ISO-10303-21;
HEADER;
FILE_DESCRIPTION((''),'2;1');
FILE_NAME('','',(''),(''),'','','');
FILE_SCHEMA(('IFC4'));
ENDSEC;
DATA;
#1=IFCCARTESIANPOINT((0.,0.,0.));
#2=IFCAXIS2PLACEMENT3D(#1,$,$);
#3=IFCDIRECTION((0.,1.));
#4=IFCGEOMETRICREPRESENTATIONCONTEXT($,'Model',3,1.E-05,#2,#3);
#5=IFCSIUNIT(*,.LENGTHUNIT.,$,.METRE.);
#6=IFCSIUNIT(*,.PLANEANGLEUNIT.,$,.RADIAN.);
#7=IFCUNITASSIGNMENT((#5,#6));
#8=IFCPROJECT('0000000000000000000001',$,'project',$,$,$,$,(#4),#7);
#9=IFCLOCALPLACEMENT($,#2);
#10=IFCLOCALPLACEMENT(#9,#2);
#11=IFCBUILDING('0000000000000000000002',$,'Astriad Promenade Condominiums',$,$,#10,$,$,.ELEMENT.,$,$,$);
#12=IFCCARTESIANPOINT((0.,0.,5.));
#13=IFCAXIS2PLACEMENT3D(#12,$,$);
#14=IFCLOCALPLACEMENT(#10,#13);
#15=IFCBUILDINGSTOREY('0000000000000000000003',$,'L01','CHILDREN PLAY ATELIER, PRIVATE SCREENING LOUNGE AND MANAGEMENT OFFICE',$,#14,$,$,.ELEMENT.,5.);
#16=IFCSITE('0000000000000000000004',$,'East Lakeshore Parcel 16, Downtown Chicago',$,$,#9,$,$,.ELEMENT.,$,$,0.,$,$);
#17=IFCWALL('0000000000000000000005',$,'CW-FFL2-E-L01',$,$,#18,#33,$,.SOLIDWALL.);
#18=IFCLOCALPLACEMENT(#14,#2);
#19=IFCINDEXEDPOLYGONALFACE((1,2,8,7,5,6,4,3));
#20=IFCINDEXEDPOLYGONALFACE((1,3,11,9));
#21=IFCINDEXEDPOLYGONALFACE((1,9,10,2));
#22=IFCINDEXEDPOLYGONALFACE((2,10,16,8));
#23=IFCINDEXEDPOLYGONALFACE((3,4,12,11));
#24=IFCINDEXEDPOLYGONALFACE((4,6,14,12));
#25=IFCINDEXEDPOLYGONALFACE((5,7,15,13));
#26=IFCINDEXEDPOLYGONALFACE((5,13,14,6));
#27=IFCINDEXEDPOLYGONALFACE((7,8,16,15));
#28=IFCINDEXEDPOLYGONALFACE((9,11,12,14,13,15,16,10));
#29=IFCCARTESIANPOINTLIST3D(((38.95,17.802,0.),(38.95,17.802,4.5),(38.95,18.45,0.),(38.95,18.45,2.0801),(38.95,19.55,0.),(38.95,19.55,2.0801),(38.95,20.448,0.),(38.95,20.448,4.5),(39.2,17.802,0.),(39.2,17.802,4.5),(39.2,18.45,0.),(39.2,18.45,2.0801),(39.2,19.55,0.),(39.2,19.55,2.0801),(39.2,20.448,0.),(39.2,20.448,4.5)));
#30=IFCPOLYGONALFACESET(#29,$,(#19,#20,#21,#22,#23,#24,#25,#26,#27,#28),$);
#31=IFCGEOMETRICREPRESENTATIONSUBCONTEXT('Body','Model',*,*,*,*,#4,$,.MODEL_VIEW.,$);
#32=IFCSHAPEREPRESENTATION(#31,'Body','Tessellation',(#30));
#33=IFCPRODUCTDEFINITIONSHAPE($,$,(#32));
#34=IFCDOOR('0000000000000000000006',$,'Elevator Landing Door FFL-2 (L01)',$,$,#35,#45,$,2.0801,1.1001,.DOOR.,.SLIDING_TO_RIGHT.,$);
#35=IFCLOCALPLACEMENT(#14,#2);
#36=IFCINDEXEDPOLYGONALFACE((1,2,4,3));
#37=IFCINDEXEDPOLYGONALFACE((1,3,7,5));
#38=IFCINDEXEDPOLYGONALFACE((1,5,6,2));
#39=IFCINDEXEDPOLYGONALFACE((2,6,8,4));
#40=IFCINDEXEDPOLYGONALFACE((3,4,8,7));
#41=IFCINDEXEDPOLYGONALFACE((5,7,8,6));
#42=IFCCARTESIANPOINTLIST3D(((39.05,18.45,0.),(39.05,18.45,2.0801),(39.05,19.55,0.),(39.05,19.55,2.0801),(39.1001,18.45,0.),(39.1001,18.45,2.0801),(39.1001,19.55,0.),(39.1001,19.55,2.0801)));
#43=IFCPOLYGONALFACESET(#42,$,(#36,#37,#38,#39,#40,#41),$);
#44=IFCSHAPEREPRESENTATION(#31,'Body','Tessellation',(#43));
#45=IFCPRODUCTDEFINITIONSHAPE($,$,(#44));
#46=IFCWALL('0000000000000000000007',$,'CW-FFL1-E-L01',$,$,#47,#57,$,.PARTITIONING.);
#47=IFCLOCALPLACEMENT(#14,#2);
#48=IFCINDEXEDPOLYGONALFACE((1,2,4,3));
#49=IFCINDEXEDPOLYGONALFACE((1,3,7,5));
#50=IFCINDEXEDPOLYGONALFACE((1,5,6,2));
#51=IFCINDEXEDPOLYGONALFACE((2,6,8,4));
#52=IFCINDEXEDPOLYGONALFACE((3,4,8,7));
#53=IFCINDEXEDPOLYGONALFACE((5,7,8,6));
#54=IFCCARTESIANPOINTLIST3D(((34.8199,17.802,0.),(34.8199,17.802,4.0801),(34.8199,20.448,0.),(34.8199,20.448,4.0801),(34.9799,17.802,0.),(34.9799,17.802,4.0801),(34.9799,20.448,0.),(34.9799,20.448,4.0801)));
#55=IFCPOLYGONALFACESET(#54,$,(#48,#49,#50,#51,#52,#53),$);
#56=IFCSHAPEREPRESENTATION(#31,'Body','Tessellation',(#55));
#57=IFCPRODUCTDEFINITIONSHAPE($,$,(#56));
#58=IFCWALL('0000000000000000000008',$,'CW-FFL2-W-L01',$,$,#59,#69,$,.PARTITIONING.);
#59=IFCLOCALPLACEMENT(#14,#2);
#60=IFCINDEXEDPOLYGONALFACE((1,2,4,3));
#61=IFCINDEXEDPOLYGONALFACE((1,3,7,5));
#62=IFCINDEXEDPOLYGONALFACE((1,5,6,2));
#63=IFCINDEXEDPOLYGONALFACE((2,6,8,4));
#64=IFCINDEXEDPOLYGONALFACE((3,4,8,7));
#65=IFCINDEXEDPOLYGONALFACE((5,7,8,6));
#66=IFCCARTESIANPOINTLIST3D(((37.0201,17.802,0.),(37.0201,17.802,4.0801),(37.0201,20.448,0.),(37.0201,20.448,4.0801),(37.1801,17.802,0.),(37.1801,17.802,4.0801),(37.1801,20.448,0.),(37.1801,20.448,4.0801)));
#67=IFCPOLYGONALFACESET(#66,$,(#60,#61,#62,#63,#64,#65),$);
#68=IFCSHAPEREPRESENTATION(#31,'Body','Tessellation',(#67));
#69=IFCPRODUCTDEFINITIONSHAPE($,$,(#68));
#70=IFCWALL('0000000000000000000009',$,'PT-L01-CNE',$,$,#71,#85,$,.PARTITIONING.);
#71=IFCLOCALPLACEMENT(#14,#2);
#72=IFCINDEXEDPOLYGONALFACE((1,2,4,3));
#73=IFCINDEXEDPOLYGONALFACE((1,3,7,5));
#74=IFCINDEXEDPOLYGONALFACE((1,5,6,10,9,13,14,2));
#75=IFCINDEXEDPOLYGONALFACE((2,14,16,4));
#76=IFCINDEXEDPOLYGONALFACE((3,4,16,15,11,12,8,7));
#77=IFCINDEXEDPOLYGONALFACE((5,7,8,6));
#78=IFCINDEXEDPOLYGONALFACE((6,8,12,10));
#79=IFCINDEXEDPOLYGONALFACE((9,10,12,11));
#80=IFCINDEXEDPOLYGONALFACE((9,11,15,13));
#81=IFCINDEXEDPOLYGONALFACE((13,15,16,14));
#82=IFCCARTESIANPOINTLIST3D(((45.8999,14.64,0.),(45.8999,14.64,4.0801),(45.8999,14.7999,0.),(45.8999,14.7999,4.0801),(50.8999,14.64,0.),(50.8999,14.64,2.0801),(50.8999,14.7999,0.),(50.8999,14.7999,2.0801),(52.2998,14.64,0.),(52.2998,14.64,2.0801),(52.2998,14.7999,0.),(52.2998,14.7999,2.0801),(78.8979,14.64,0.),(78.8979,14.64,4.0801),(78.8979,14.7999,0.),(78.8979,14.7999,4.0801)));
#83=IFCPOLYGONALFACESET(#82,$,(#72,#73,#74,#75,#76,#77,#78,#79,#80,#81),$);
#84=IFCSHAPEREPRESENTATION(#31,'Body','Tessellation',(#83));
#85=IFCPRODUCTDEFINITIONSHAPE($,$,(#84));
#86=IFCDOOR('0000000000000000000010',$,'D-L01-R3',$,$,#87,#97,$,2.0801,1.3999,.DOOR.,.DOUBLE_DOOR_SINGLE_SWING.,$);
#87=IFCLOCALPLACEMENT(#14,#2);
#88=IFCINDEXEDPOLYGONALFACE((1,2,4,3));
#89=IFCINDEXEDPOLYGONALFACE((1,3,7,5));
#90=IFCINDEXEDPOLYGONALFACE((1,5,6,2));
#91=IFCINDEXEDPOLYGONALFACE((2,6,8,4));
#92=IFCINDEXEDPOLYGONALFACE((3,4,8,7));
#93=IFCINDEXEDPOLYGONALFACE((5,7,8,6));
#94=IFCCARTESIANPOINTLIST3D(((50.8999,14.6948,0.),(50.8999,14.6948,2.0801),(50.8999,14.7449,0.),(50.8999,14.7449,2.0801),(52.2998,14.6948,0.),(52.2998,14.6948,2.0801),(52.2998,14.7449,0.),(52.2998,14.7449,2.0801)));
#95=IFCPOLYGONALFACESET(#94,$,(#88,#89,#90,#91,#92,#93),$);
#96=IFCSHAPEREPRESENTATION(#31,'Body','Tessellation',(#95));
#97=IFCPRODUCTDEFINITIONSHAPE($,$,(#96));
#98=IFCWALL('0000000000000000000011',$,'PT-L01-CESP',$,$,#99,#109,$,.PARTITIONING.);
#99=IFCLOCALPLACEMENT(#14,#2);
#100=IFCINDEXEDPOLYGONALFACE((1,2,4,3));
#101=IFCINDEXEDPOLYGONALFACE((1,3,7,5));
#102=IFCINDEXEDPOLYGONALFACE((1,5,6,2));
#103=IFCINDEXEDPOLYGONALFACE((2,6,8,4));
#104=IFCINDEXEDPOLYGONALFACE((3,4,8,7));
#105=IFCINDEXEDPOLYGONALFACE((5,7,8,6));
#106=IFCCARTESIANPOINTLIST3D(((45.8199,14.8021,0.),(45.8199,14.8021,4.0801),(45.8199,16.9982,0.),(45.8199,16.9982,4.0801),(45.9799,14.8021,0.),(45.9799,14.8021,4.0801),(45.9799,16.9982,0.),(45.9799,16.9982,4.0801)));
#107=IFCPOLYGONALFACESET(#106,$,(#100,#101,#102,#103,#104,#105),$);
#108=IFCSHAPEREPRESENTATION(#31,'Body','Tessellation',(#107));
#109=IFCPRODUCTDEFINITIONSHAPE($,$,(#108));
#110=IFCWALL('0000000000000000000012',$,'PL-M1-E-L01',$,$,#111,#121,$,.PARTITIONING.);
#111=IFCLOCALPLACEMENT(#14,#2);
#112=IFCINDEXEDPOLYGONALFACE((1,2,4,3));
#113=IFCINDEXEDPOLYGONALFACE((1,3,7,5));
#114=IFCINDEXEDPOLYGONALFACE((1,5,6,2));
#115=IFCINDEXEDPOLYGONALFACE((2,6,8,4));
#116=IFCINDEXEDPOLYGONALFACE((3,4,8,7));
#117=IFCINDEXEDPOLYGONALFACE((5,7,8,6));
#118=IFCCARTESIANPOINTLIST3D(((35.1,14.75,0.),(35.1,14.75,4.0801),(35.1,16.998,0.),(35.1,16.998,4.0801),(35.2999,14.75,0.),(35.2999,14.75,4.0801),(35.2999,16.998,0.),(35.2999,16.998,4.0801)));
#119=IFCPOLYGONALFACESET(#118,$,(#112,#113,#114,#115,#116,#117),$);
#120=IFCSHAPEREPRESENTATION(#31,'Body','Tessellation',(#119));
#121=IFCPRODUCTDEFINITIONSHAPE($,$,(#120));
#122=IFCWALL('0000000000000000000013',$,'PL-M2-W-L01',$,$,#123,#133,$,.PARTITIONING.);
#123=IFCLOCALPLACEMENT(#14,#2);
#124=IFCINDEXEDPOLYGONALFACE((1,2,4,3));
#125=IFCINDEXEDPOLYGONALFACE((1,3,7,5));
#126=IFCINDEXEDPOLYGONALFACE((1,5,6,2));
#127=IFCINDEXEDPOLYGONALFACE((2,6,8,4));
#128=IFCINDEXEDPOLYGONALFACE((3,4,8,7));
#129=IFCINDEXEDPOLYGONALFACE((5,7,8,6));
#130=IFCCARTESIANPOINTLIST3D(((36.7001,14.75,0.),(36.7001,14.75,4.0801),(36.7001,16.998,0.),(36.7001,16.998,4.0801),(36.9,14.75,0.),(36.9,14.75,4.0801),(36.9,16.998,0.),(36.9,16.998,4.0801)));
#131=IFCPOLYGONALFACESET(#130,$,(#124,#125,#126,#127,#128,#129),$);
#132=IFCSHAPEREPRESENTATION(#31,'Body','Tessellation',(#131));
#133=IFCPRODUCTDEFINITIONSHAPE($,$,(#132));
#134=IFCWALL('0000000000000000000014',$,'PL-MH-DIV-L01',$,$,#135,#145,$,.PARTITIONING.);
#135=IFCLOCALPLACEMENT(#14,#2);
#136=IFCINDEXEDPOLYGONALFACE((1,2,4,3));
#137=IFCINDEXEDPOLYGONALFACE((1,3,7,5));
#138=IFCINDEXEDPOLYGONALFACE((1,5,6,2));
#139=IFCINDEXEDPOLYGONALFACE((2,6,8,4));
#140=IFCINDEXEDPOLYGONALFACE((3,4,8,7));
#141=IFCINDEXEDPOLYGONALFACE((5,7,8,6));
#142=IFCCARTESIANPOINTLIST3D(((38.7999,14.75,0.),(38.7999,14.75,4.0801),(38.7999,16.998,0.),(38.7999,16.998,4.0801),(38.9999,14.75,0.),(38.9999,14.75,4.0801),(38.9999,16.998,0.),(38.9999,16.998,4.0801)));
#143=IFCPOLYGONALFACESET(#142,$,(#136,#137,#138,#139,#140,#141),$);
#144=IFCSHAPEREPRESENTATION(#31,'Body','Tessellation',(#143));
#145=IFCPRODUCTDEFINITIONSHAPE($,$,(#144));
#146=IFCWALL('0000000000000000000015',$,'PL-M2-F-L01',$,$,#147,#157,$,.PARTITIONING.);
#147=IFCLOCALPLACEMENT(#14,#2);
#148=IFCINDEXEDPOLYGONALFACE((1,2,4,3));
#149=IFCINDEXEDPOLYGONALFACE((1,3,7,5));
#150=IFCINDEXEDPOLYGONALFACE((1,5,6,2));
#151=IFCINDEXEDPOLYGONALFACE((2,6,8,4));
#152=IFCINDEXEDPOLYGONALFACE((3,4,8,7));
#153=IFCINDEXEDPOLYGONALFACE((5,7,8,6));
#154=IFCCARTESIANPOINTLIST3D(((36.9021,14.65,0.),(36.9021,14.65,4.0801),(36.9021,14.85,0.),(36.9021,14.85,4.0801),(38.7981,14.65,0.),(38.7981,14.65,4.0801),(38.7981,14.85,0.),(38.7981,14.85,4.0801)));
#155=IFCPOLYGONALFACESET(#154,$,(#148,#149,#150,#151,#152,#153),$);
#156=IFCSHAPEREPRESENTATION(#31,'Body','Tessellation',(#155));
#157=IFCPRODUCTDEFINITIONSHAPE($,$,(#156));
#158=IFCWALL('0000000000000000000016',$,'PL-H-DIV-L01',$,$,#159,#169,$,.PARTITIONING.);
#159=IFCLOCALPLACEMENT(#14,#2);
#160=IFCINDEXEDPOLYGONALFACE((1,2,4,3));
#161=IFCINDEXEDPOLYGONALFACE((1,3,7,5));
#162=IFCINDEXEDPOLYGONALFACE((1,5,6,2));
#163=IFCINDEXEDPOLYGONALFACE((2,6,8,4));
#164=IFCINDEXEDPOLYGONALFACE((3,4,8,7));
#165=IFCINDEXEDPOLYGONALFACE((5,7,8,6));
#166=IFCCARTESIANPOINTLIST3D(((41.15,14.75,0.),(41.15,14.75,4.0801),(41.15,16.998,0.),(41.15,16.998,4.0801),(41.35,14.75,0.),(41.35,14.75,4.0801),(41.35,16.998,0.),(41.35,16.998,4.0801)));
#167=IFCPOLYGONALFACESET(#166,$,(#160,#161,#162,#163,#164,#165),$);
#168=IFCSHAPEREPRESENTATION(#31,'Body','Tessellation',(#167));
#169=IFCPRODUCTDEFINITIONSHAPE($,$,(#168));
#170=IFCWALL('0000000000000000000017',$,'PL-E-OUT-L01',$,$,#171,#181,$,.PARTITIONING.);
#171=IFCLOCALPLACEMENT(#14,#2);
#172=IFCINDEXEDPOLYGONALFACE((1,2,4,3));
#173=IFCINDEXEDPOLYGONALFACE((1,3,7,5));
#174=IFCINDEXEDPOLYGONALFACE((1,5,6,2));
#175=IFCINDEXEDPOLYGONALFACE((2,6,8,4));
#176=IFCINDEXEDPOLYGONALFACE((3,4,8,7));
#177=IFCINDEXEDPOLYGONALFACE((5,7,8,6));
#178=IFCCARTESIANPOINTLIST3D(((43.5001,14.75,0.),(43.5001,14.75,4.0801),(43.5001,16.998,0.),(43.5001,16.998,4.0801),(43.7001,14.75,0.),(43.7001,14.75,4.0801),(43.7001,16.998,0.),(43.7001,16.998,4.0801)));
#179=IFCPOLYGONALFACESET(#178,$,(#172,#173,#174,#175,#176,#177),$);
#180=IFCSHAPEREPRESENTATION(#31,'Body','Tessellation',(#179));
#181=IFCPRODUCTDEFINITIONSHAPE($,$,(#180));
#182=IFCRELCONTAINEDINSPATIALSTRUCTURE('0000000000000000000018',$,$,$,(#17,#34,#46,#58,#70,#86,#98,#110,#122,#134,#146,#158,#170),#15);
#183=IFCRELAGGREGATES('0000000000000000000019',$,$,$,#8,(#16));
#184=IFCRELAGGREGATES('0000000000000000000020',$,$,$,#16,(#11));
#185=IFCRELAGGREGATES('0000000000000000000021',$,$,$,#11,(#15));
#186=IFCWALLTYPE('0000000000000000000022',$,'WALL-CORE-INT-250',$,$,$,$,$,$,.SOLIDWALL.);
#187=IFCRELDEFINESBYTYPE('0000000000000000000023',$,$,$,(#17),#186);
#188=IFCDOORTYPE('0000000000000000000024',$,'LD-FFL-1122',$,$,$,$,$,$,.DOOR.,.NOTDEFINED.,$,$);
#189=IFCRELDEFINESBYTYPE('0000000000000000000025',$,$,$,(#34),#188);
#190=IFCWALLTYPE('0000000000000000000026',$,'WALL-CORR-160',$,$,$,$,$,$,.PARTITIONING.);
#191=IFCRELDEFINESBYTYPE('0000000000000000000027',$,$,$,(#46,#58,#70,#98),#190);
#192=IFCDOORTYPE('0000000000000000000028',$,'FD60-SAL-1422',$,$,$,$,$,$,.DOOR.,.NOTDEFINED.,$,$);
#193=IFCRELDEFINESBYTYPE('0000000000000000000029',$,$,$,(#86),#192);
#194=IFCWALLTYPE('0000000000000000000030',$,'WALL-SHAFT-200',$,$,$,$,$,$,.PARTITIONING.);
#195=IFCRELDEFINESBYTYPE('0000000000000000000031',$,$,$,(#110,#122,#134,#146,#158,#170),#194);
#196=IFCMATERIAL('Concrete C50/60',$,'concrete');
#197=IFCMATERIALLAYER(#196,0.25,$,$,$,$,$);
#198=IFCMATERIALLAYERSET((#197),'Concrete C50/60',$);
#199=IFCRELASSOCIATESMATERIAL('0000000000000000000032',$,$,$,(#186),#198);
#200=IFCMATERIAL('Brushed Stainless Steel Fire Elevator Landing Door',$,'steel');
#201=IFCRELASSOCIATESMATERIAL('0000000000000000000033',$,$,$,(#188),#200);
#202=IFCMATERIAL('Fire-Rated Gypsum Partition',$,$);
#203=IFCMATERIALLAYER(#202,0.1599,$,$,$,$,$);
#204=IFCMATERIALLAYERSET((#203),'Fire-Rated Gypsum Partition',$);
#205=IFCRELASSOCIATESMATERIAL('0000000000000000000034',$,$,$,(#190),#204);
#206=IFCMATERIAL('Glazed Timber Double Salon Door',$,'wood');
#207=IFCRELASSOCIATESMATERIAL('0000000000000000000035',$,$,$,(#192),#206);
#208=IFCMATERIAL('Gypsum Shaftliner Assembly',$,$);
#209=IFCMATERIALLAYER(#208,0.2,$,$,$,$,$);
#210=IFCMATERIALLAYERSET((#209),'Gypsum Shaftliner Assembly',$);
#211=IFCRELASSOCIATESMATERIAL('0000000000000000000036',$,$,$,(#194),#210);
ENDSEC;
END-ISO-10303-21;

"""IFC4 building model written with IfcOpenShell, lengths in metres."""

from ifc_helpers import new_model, si_unit, direction, frame, frame_2d, origin, place, context, subcontext, project, spatial, rectangle, extrude, source, transform, mapped, material, layer, layer_set, type_object, type_shapes, element, fill, save


model = new_model("IFC4")

# Units and contexts
model_context = context("Model", 3, precision=1e-05, world=origin(), true_north=direction((0.0, 1.0)))
body_context = subcontext(model_context, "Body", "Model", "MODEL_VIEW")
ifc_project = project(units=[si_unit("LENGTHUNIT", "METRE"), si_unit("PLANEANGLEUNIT", "RADIAN")], contexts=[model_context])

# Site, building, storey
site_placement = place(None, origin())
site = spatial("IfcSite", under=ifc_project, at=site_placement, Name="East Lakeshore Parcel 16, Downtown Chicago", CompositionType="ELEMENT", RefElevation=0.0)
building_placement = place(site_placement, origin())
building = spatial("IfcBuilding", under=site, at=building_placement, Name="Astriad Promenade Condominiums", CompositionType="ELEMENT")
storey_placement = place(building_placement, frame((0.0, 0.0, 5.0)))
storey = spatial("IfcBuildingStorey", under=building, at=storey_placement, Name="L01", Description="CHILDREN PLAY ATELIER, PRIVATE SCREENING LOUNGE AND MANAGEMENT OFFICE", CompositionType="ELEMENT", Elevation=5.0)

# Wall, opening, door
ifc_material_1 = material(Name="Concrete C50/60", Category="concrete")
ifc_layer_1 = layer(ifc_material_1, 0.25)
ifc_layer_set_1 = layer_set([ifc_layer_1], Name="Concrete C50/60")
wall_type_1 = type_object("IfcWallType", Name="WALL-CORE-INT-250", PredefinedType="SOLIDWALL", material=ifc_layer_set_1)
wall_1_placement = place(storey_placement, frame((39.075, 17.802, 0.0), z_axis=(0.0, 0.0, 1.0), x_axis=(0.0, 1.0, 0.0)))
wall_1 = element("IfcWall", 1, at=wall_1_placement, inside=storey, type_object=wall_type_1, Name="CW-FFL2-E-L01", PredefinedType="SOLIDWALL", context=body_context, shape_type="SweptSolid", body=[
    extrude(rectangle(XDim=2.646, YDim=0.25, at=frame_2d((1.323, 0.0))), origin(), (0.0, 0.0, 1.0), 4.5),
])
opening_1_placement = place(wall_1_placement, frame((0.6479, 0.0, 0.0)))
opening_1 = element("IfcOpeningElement", 2, at=opening_1_placement, cuts=wall_1, PredefinedType="OPENING", context=body_context, shape_type="SweptSolid", body=[
    extrude(rectangle(XDim=1.1001, YDim=2.0801, at=frame_2d((0.55, 1.04))), frame((0.0, 0.135, 0.0), z_axis=(0.0, -1.0, 0.0), x_axis=(1.0, 0.0, 0.0)), (0.0, 0.0, 1.0), 0.27),
])
ifc_material_2 = material(Name="Brushed Stainless Steel Fire Elevator Landing Door", Category="steel")
door_type_1 = type_object("IfcDoorType", Name="LD-FFL-1122", OperationType="NOTDEFINED", PredefinedType="DOOR", material=ifc_material_2)
shared_shape_1 = source(origin(), body_context, "Body", "SweptSolid", [
    extrude(rectangle(XDim=1.1001, YDim=2.0801, at=frame_2d((0.55, 1.04))), frame((0.0, 0.0249, 0.0), z_axis=(0.0, -1.0, 0.0), x_axis=(1.0, 0.0, 0.0)), (0.0, 0.0, 1.0), 0.05),
])
type_shapes(door_type_1, [shared_shape_1])
door_1_placement = place(opening_1_placement, origin())
door_1 = element("IfcDoor", 3, at=door_1_placement, inside=storey, type_object=door_type_1, Name="Elevator Landing Door FFL-2 (L01)", OperationType="SLIDING_TO_RIGHT", OverallHeight=2.0801, OverallWidth=1.1001, PredefinedType="DOOR", context=body_context, shape_type="MappedRepresentation", body=[
    mapped(shared_shape_1, transform((0.0, 0.0, 0.0), scale=1.0)),
])
fill(opening_1, door_1)

# Walls
ifc_material_3 = material(Name="Fire-Rated Gypsum Partition")
ifc_layer_2 = layer(ifc_material_3, 0.1599)
ifc_layer_set_2 = layer_set([ifc_layer_2], Name="Fire-Rated Gypsum Partition")
wall_type_2 = type_object("IfcWallType", Name="WALL-CORR-160", PredefinedType="PARTITIONING", material=ifc_layer_set_2)
for number, where, z_axis, x_axis, name in (
    (4, (34.8999, 17.802, 0.0), (0.0, 0.0, 1.0), (0.0, 1.0, 0.0), "CW-FFL1-E-L01"),
    (5, (37.1001, 17.802, 0.0), (0.0, 0.0, 1.0), (0.0, 1.0, 0.0), "CW-FFL2-W-L01"),
):
    element("IfcWall", number, at=place(storey_placement, frame(where, z_axis=z_axis, x_axis=x_axis)), inside=storey, type_object=wall_type_2, Name=name, PredefinedType="PARTITIONING", context=body_context, shape_type="SweptSolid", body=[
        extrude(rectangle(XDim=2.646, YDim=0.1599, at=frame_2d((1.323, 0.0))), origin(), (0.0, 0.0, 1.0), 4.0801),
    ])

# Wall, opening, door
wall_2_placement = place(storey_placement, frame((45.8999, 14.72, 0.0), z_axis=(0.0, 0.0, 1.0), x_axis=(1.0, 0.0, 0.0)))
wall_2 = element("IfcWall", 6, at=wall_2_placement, inside=storey, type_object=wall_type_2, Name="PT-L01-CNE", PredefinedType="PARTITIONING", context=body_context, shape_type="SweptSolid", body=[
    extrude(rectangle(XDim=32.998, YDim=0.1599, at=frame_2d((16.499, 0.0))), origin(), (0.0, 0.0, 1.0), 4.0801),
])
opening_2_placement = place(wall_2_placement, frame((5.0, 0.0, 0.0)))
opening_2 = element("IfcOpeningElement", 7, at=opening_2_placement, cuts=wall_2, PredefinedType="OPENING", context=body_context, shape_type="SweptSolid", body=[
    extrude(rectangle(XDim=1.3999, YDim=2.0801, at=frame_2d((0.7, 1.04))), frame((0.0, 0.0898, 0.0), z_axis=(0.0, -1.0, 0.0), x_axis=(1.0, 0.0, 0.0)), (0.0, 0.0, 1.0), 0.1799),
])
ifc_material_4 = material(Name="Glazed Timber Double Salon Door", Category="wood")
door_type_2 = type_object("IfcDoorType", Name="FD60-SAL-1422", OperationType="NOTDEFINED", PredefinedType="DOOR", material=ifc_material_4)
shared_shape_2 = source(origin(), body_context, "Body", "SweptSolid", [
    extrude(rectangle(XDim=1.3999, YDim=2.0801, at=frame_2d((0.7, 1.04))), frame((0.0, 0.0249, 0.0), z_axis=(0.0, -1.0, 0.0), x_axis=(1.0, 0.0, 0.0)), (0.0, 0.0, 1.0), 0.05),
])
type_shapes(door_type_2, [shared_shape_2])
door_2_placement = place(opening_2_placement, origin())
door_2 = element("IfcDoor", 8, at=door_2_placement, inside=storey, type_object=door_type_2, Name="D-L01-R3", OperationType="DOUBLE_DOOR_SINGLE_SWING", OverallHeight=2.0801, OverallWidth=1.3999, PredefinedType="DOOR", context=body_context, shape_type="MappedRepresentation", body=[
    mapped(shared_shape_2, transform((0.0, 0.0, 0.0), scale=1.0)),
])
fill(opening_2, door_2)

# Walls
wall_3_placement = place(storey_placement, frame((45.8999, 14.802, 0.0), z_axis=(0.0, 0.0, 1.0), x_axis=(0.0, 1.0, 0.0)))
element("IfcWall", 9, at=wall_3_placement, inside=storey, type_object=wall_type_2, Name="PT-L01-CESP", PredefinedType="PARTITIONING", context=body_context, shape_type="SweptSolid", body=[
    extrude(rectangle(XDim=2.196, YDim=0.1599, at=frame_2d((1.0981, 0.0))), origin(), (0.0, 0.0, 1.0), 4.0801),
])
ifc_material_5 = material(Name="Gypsum Shaftliner Assembly")
ifc_layer_3 = layer(ifc_material_5, 0.2)
ifc_layer_set_3 = layer_set([ifc_layer_3], Name="Gypsum Shaftliner Assembly")
wall_type_3 = type_object("IfcWallType", Name="WALL-SHAFT-200", PredefinedType="PARTITIONING", material=ifc_layer_set_3)
for number, where, z_axis, x_axis, name in (
    (10, (35.2, 14.75, 0.0), (0.0, 0.0, 1.0), (0.0, 1.0, 0.0), "PL-M1-E-L01"),
    (11, (36.8, 14.75, 0.0), (0.0, 0.0, 1.0), (0.0, 1.0, 0.0), "PL-M2-W-L01"),
    (12, (38.8999, 14.75, 0.0), (0.0, 0.0, 1.0), (0.0, 1.0, 0.0), "PL-MH-DIV-L01"),
):
    element("IfcWall", number, at=place(storey_placement, frame(where, z_axis=z_axis, x_axis=x_axis)), inside=storey, type_object=wall_type_3, Name=name, PredefinedType="PARTITIONING", context=body_context, shape_type="SweptSolid", body=[
        extrude(rectangle(XDim=2.248, YDim=0.2, at=frame_2d((1.124, 0.0))), origin(), (0.0, 0.0, 1.0), 4.0801),
    ])
wall_4_placement = place(storey_placement, frame((36.9021, 14.75, 0.0), z_axis=(0.0, 0.0, 1.0), x_axis=(1.0, 0.0, 0.0)))
element("IfcWall", 13, at=wall_4_placement, inside=storey, type_object=wall_type_3, Name="PL-M2-F-L01", PredefinedType="PARTITIONING", context=body_context, shape_type="SweptSolid", body=[
    extrude(rectangle(XDim=1.896, YDim=0.2, at=frame_2d((0.948, 0.0))), origin(), (0.0, 0.0, 1.0), 4.0801),
])
for number, where, z_axis, x_axis, name in (
    (14, (41.25, 14.75, 0.0), (0.0, 0.0, 1.0), (0.0, 1.0, 0.0), "PL-H-DIV-L01"),
    (15, (43.6001, 14.75, 0.0), (0.0, 0.0, 1.0), (0.0, 1.0, 0.0), "PL-E-OUT-L01"),
):
    element("IfcWall", number, at=place(storey_placement, frame(where, z_axis=z_axis, x_axis=x_axis)), inside=storey, type_object=wall_type_3, Name=name, PredefinedType="PARTITIONING", context=body_context, shape_type="SweptSolid", body=[
        extrude(rectangle(XDim=2.248, YDim=0.2, at=frame_2d((1.124, 0.0))), origin(), (0.0, 0.0, 1.0), 4.0801),
    ])

save(model, "model.ifc")
